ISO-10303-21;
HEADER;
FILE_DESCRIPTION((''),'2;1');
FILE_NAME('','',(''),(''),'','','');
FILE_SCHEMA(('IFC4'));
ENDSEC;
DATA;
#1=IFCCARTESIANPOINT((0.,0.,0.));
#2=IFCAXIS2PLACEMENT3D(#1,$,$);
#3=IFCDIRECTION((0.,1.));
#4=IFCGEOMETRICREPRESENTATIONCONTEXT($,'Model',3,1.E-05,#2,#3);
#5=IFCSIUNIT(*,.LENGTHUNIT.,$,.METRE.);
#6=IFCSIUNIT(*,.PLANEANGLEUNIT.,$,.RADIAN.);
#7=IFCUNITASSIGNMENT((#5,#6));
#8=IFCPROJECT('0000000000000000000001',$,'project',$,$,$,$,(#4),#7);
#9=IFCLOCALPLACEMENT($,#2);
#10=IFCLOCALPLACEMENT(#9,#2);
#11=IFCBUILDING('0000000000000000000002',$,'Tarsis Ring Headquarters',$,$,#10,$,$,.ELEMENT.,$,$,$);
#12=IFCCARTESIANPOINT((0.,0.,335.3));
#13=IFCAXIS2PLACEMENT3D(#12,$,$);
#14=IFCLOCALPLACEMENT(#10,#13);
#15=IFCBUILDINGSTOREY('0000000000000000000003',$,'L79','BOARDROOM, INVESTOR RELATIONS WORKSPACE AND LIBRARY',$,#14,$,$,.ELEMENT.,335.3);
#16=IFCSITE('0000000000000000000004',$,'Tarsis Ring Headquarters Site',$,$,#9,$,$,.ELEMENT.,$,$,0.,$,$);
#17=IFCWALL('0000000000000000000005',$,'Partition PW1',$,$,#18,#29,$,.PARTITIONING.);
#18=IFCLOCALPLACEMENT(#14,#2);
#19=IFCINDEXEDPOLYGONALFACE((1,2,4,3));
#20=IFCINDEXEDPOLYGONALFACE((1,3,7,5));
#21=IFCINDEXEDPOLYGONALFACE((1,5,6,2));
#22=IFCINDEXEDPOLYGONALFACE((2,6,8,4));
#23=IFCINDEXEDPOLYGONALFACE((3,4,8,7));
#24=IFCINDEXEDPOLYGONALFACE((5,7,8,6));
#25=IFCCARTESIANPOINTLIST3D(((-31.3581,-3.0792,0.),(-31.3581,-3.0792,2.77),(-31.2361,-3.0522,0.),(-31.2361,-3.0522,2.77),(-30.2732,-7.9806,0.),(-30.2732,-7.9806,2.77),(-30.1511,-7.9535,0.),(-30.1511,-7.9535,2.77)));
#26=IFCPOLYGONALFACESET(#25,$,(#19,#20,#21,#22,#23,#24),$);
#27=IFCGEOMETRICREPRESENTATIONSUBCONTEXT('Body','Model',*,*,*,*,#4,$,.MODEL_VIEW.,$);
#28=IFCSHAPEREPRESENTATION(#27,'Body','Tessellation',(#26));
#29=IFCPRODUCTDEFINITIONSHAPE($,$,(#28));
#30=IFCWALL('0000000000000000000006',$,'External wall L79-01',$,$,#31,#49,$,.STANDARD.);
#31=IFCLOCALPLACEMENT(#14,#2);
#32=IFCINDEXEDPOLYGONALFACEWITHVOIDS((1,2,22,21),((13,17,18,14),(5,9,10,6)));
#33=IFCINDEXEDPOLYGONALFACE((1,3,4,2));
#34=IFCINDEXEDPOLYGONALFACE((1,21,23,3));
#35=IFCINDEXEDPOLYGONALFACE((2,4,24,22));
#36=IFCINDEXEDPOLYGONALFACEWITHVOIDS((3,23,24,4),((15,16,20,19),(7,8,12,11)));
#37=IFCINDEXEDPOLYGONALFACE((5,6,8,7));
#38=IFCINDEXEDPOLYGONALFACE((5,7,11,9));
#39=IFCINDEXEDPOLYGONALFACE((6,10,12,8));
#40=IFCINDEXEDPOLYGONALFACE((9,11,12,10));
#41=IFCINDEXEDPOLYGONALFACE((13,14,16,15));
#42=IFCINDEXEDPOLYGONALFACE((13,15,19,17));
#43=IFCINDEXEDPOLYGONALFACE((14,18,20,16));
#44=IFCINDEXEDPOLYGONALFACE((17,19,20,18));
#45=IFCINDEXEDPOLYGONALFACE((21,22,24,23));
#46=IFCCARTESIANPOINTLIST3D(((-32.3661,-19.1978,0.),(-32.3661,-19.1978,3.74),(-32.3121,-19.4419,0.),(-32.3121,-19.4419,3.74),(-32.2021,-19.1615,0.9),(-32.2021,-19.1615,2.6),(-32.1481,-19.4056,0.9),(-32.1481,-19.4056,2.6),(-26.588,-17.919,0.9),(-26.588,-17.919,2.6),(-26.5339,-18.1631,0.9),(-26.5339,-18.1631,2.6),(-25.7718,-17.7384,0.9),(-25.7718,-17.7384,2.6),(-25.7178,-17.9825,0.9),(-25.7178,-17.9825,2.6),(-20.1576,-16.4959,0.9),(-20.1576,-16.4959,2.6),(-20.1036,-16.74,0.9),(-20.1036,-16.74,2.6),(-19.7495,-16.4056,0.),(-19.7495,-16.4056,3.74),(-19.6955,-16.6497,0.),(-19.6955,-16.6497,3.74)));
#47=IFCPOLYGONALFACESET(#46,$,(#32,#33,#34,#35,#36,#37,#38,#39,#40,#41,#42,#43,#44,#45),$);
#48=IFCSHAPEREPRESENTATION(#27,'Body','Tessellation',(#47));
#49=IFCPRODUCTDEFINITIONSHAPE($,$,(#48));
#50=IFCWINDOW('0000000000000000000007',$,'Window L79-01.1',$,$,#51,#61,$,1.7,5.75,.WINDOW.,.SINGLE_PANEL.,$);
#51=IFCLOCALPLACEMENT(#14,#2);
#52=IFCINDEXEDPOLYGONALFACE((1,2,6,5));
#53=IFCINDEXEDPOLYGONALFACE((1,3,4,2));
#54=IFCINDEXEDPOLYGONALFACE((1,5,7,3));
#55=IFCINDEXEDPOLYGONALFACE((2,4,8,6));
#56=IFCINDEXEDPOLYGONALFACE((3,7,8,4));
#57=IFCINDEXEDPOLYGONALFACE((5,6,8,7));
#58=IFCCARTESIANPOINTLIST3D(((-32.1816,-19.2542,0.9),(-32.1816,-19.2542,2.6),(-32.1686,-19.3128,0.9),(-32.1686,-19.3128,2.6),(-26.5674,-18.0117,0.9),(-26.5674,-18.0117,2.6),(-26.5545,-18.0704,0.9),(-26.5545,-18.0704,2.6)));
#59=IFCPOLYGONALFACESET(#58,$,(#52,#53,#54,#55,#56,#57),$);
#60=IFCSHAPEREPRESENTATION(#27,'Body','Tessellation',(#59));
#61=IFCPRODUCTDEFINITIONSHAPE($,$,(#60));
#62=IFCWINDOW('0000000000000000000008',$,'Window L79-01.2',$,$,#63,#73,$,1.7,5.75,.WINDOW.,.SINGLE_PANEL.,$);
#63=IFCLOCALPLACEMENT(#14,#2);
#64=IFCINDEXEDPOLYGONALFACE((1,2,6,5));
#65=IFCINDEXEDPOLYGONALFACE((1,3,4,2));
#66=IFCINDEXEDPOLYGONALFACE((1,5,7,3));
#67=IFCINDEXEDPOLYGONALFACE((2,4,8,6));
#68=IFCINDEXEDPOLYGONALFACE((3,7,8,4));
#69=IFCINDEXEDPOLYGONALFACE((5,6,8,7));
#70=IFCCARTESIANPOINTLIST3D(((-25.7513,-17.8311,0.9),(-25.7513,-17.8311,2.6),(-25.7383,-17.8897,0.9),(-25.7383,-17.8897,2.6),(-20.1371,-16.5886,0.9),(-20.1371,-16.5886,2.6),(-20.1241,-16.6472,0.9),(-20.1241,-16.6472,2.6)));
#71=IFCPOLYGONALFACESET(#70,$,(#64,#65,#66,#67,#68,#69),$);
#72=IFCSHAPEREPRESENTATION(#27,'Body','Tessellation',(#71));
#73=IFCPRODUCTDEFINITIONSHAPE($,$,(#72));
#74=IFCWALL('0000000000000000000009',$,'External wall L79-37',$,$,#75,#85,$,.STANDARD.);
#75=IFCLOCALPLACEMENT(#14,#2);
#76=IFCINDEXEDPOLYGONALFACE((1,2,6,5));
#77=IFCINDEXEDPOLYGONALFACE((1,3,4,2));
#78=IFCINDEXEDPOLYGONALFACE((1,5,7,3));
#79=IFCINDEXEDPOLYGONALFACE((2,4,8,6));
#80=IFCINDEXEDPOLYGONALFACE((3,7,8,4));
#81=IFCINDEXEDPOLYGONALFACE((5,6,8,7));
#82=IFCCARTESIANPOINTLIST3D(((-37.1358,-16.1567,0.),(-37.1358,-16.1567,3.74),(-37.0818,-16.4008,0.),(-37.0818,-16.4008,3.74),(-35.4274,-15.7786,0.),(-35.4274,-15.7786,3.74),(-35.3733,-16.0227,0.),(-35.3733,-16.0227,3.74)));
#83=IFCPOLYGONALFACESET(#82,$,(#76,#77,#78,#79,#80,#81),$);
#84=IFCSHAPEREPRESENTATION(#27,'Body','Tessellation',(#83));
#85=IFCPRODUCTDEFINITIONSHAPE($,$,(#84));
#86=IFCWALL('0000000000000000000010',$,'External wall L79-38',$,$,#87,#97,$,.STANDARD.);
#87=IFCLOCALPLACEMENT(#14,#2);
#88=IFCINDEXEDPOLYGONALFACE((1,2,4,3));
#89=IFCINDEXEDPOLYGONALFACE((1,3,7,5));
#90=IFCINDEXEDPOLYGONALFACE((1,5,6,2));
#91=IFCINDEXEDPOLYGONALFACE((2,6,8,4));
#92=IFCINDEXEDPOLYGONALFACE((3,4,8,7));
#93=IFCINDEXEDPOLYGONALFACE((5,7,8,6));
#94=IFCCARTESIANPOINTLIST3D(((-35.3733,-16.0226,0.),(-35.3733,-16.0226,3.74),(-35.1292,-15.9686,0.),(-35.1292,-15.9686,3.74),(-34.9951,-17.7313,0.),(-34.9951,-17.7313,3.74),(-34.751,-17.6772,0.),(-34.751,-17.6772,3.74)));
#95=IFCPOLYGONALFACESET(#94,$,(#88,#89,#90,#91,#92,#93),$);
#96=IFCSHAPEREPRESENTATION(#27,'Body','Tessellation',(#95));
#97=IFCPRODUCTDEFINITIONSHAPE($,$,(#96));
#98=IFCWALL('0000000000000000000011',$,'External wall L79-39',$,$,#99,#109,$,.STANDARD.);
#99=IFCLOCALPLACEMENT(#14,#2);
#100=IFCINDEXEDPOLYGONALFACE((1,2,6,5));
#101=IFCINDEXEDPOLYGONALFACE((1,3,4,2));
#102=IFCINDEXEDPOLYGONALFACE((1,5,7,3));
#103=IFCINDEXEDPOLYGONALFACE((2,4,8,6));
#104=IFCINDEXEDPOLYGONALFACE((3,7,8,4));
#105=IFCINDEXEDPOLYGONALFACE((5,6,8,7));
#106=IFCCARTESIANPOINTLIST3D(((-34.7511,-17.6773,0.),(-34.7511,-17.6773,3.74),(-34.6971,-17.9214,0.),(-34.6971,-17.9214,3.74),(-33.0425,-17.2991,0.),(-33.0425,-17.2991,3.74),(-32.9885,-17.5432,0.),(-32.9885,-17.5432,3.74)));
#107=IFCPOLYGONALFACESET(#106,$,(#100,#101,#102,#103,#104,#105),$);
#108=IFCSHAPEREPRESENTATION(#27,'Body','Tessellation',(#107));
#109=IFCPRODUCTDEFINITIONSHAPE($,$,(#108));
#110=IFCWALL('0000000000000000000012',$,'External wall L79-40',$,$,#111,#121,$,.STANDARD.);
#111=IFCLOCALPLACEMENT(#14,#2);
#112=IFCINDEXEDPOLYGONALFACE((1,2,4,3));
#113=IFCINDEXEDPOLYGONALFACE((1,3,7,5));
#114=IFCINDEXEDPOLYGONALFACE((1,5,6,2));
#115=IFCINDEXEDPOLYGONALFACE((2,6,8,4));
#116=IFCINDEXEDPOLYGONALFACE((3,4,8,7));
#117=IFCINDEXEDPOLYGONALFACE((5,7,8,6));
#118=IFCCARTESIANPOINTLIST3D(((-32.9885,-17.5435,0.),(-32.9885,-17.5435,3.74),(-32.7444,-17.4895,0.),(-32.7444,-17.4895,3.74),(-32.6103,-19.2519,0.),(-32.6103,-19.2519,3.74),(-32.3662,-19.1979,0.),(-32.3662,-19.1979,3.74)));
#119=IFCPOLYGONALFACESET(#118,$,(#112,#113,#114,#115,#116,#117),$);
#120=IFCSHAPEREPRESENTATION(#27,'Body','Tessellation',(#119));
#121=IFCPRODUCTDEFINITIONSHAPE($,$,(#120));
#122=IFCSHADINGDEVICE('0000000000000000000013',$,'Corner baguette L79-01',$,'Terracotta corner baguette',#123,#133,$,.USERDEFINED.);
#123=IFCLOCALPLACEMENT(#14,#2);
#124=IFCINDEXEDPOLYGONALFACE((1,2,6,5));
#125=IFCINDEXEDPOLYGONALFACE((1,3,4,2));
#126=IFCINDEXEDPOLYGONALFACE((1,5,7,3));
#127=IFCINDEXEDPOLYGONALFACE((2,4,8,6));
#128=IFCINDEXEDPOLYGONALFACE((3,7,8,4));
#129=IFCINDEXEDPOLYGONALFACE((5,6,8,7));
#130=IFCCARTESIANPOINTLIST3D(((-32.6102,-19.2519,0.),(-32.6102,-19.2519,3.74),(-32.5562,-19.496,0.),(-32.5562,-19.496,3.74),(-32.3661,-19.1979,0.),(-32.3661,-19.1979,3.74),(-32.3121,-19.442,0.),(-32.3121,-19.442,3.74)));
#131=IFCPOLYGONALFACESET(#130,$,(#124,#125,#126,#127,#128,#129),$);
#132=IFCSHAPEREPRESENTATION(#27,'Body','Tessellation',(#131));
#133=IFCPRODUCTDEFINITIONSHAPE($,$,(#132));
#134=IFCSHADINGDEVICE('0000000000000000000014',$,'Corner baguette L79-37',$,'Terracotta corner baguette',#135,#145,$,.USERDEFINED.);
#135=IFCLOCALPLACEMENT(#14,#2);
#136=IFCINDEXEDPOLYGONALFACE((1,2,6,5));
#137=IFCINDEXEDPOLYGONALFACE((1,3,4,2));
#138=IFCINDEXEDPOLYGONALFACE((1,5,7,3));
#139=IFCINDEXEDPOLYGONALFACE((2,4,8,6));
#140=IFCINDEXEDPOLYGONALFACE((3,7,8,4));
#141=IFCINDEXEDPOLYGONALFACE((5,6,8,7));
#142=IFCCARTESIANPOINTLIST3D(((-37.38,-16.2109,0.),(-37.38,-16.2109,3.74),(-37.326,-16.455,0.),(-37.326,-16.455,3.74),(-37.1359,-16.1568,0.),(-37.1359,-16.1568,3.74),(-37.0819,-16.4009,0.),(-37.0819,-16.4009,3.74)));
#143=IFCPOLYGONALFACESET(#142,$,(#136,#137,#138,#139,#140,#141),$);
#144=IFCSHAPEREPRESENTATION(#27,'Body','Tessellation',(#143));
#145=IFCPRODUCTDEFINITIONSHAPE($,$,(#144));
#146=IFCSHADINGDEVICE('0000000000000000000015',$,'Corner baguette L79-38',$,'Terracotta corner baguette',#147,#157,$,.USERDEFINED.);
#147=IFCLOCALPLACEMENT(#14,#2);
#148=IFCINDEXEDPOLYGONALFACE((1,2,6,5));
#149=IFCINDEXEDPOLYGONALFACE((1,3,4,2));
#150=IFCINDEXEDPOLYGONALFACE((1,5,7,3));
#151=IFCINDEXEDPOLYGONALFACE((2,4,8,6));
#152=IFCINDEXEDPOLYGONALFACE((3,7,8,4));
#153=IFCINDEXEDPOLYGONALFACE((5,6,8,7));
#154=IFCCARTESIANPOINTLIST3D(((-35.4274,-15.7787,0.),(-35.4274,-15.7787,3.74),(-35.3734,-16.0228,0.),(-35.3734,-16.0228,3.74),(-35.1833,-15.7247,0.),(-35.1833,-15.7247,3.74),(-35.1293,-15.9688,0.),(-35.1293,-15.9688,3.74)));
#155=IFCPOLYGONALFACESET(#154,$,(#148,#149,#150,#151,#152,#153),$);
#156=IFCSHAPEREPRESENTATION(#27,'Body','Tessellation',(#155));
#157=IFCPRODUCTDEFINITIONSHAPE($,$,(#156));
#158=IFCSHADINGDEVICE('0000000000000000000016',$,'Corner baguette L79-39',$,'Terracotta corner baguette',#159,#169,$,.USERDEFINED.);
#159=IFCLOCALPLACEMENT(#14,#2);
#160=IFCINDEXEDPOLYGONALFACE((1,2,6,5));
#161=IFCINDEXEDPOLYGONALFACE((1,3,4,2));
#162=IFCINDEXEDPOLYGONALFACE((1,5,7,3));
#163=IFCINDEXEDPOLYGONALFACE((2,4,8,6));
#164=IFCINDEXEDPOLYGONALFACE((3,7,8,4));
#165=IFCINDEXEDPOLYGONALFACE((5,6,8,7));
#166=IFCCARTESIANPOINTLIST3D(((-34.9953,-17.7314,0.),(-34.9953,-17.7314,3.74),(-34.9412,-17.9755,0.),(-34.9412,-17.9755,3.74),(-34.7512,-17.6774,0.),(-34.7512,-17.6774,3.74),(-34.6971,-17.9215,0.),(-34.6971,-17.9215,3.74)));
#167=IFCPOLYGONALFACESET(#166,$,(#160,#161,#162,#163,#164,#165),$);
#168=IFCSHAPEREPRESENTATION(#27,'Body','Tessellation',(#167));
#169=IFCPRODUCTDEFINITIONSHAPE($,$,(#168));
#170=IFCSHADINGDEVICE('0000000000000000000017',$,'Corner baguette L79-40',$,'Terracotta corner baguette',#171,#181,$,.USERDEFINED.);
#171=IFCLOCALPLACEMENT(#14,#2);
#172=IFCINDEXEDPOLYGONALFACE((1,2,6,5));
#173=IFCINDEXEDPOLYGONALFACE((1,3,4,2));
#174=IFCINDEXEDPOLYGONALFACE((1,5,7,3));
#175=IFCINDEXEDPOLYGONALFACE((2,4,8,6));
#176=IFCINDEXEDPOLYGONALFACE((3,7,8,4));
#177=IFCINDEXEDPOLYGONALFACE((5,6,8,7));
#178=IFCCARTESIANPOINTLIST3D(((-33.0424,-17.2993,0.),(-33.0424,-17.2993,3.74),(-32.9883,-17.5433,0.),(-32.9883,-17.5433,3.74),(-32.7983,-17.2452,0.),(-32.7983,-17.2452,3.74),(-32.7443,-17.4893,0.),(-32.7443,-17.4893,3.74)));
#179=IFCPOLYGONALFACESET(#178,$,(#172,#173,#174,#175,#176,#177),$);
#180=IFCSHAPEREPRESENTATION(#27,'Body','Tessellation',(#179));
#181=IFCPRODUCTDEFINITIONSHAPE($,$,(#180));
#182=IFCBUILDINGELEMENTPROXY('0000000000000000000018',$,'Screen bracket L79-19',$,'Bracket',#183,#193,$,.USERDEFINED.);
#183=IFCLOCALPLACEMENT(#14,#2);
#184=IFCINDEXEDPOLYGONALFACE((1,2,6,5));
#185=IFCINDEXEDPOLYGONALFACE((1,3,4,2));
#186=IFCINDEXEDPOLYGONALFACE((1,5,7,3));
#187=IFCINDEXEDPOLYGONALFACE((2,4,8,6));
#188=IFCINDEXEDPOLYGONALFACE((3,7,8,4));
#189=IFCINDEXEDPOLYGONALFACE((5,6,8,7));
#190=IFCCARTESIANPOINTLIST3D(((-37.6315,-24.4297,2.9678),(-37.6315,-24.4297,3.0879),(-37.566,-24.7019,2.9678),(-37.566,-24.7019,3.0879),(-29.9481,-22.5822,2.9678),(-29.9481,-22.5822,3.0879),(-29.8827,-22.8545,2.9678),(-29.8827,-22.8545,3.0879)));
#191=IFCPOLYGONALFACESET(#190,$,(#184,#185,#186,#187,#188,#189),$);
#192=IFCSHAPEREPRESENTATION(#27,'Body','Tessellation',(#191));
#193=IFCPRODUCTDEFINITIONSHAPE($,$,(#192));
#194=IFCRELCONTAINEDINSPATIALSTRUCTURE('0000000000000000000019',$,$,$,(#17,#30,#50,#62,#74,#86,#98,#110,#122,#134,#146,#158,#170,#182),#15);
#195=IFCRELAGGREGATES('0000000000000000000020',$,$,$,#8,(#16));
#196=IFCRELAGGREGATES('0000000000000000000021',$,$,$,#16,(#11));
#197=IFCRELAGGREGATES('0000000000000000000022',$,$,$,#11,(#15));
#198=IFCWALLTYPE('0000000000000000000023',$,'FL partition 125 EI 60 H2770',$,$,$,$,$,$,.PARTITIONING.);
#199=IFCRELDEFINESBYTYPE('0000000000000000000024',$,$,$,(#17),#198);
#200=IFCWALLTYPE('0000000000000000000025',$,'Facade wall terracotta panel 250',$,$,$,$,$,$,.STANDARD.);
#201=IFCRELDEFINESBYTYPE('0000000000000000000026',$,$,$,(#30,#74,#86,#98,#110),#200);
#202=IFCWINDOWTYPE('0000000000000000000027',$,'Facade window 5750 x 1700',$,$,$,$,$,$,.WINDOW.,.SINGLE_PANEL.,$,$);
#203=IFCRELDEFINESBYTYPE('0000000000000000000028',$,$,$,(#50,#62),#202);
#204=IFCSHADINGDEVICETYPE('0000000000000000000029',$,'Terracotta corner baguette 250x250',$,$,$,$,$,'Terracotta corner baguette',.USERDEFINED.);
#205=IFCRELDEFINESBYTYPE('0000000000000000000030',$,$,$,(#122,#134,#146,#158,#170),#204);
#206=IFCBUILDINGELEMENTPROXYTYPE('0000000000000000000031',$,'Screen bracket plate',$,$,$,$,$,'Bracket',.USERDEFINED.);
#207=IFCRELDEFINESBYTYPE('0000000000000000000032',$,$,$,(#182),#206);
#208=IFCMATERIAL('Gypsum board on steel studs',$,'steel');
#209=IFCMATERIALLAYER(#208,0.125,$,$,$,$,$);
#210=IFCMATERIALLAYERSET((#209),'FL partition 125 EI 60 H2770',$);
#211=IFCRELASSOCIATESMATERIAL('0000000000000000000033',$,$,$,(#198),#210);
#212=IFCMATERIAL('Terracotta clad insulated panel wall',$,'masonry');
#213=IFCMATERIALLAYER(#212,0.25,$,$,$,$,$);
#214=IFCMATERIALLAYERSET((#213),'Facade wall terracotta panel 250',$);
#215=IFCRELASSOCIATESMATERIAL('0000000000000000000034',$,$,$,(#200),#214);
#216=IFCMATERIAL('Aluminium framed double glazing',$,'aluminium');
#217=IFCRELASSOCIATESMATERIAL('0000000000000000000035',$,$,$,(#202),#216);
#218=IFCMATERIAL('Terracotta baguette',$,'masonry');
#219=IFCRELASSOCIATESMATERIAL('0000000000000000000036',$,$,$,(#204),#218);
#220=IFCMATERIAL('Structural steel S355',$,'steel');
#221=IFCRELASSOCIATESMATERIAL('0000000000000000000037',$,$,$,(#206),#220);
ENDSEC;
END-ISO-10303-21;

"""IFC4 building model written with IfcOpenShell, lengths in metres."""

from ifc_helpers import new_model, si_unit, direction, frame, frame_2d, origin, origin_2d, place, context, subcontext, project, spatial, rectangle, extrude, material, layer, layer_set, type_object, element, fill, save


model = new_model("IFC4")

# Units and contexts
model_context = context("Model", 3, precision=1e-05, world=origin(), true_north=direction((0.0, 1.0)))
body_context = subcontext(model_context, "Body", "Model", "MODEL_VIEW")
ifc_project = project(units=[si_unit("LENGTHUNIT", "METRE"), si_unit("PLANEANGLEUNIT", "RADIAN")], contexts=[model_context])

# Site, building, storey
site_placement = place(None, origin())
site = spatial("IfcSite", under=ifc_project, at=site_placement, Name="Tarsis Ring Headquarters Site", CompositionType="ELEMENT", RefElevation=0.0)
building_placement = place(site_placement, origin())
building = spatial("IfcBuilding", under=site, at=building_placement, Name="Tarsis Ring Headquarters", CompositionType="ELEMENT")
storey_placement = place(building_placement, frame((0.0, 0.0, 335.3)))
storey = spatial("IfcBuildingStorey", under=building, at=storey_placement, Name="L79", Description="BOARDROOM, INVESTOR RELATIONS WORKSPACE AND LIBRARY", CompositionType="ELEMENT", Elevation=335.3)

# Shared definitions
ifc_material_1 = material(Name="Structural steel S355", Category="steel")

# Shared definitions
ifc_material_2 = material(Name="Gypsum board on steel studs", Category="steel")

# Shared definitions
ifc_layer_1 = layer(ifc_material_2, 0.125)
ifc_layer_set_1 = layer_set([ifc_layer_1], Name="FL partition 125 EI 60 H2770")
wall_type_1 = type_object("IfcWallType", Name="FL partition 125 EI 60 H2770", PredefinedType="PARTITIONING", material=ifc_layer_set_1)

# Wall
wall_1_placement = place(storey_placement, frame((-31.2971, -3.0657, 0.0), z_axis=(0.0, 0.0, 1.0), x_axis=(0.216127, -0.976365, 0.0)))
element("IfcWall", 1, at=wall_1_placement, inside=storey, type_object=wall_type_1, Name="Partition PW1", PredefinedType="PARTITIONING", context=body_context, shape_type="SweptSolid", body=[
    extrude(rectangle(XDim=5.02, YDim=0.125, at=frame_2d((2.51, 0.0))), origin(), (0.0, 0.0, 1.0), 2.77),
])

# Wall, openings, windows
ifc_material_3 = material(Name="Terracotta clad insulated panel wall", Category="masonry")
ifc_layer_2 = layer(ifc_material_3, 0.25)
ifc_layer_set_2 = layer_set([ifc_layer_2], Name="Facade wall terracotta panel 250")
wall_type_2 = type_object("IfcWallType", Name="Facade wall terracotta panel 250", PredefinedType="STANDARD", material=ifc_layer_set_2)
wall_2_placement = place(storey_placement, frame((-32.3391, -19.3198, 0.0), z_axis=(0.0, 0.0, 1.0), x_axis=(0.976375, 0.216084, 0.0)))
wall_2 = element("IfcWall", 2, at=wall_2_placement, inside=storey, type_object=wall_type_2, Name="External wall L79-01", PredefinedType="STANDARD", context=body_context, shape_type="SweptSolid", body=[
    extrude(rectangle(XDim=12.9219, YDim=0.25, at=frame_2d((6.4609, 0.0))), origin(), (0.0, 0.0, 1.0), 3.74),
])
opening_1_placement = place(wall_2_placement, frame((0.168, 0.0, 0.8999)))
opening_1 = element("IfcOpeningElement", 3, at=opening_1_placement, cuts=wall_2, PredefinedType="OPENING", context=body_context, shape_type="SweptSolid", body=[
    extrude(rectangle(XDim=5.75, YDim=1.7, at=frame_2d((2.875, 0.8501))), frame((0.0, 0.135, 0.0), z_axis=(0.0, -1.0, 0.0), x_axis=(1.0, 0.0, 0.0)), (0.0, 0.0, 1.0), 0.27),
])
opening_2_placement = place(wall_2_placement, frame((6.7539, 0.0, 0.8999)))
opening_2 = element("IfcOpeningElement", 4, at=opening_2_placement, cuts=wall_2, PredefinedType="OPENING", context=body_context, shape_type="SweptSolid", body=[
    extrude(rectangle(XDim=5.75, YDim=1.7, at=frame_2d((2.875, 0.8501))), frame((0.0, 0.135, 0.0), z_axis=(0.0, -1.0, 0.0), x_axis=(1.0, 0.0, 0.0)), (0.0, 0.0, 1.0), 0.27),
])
ifc_material_4 = material(Name="Aluminium framed double glazing", Category="aluminium")
window_type = type_object("IfcWindowType", Name="Facade window 5750 x 1700", PartitioningType="SINGLE_PANEL", PredefinedType="WINDOW", material=ifc_material_4)
window_1_placement = place(opening_1_placement, origin())
window_1 = element("IfcWindow", 5, at=window_1_placement, inside=storey, type_object=window_type, Name="Window L79-01.1", OverallHeight=1.7, OverallWidth=5.75, PartitioningType="SINGLE_PANEL", PredefinedType="WINDOW", context=body_context, shape_type="SweptSolid", body=[
    extrude(rectangle(XDim=5.75, YDim=1.7, at=frame_2d((2.875, 0.8501))), frame((0.0, 0.03, 0.0), z_axis=(0.0, -1.0, 0.0), x_axis=(1.0, 0.0, 0.0)), (0.0, 0.0, 1.0), 0.0601),
])
fill(opening_1, window_1)
window_2_placement = place(opening_2_placement, origin())
window_2 = element("IfcWindow", 6, at=window_2_placement, inside=storey, type_object=window_type, Name="Window L79-01.2", OverallHeight=1.7, OverallWidth=5.75, PartitioningType="SINGLE_PANEL", PredefinedType="WINDOW", context=body_context, shape_type="SweptSolid", body=[
    extrude(rectangle(XDim=5.75, YDim=1.7, at=frame_2d((2.875, 0.8501))), frame((0.0, 0.03, 0.0), z_axis=(0.0, -1.0, 0.0), x_axis=(1.0, 0.0, 0.0)), (0.0, 0.0, 1.0), 0.0601),
])
fill(opening_2, window_2)

# Walls
wall_3_placement = place(storey_placement, frame((-37.1089, -16.2788, 0.0), z_axis=(0.0, 0.0, 1.0), x_axis=(0.976367, 0.216118, 0.0)))
element("IfcWall", 7, at=wall_3_placement, inside=storey, type_object=wall_type_2, Name="External wall L79-37", PredefinedType="STANDARD", context=body_context, shape_type="SweptSolid", body=[
    extrude(rectangle(XDim=1.7498, YDim=0.25, at=frame_2d((0.875, 0.0))), origin(), (0.0, 0.0, 1.0), 3.74),
])
for number, where, z_axis, x_axis, name in (
    (8, (-35.2512, -15.9956, 0.0), (0.0, 0.0, 1.0), (0.216088, -0.976374, 0.0), "External wall L79-38"),
    (9, (-34.7241, -17.7993, 0.0), (0.0, 0.0, 1.0), (0.976374, 0.216088, 0.0), "External wall L79-39"),
):
    element("IfcWall", number, at=place(storey_placement, frame(where, z_axis=z_axis, x_axis=x_axis)), inside=storey, type_object=wall_type_2, Name=name, PredefinedType="STANDARD", context=body_context, shape_type="SweptSolid", body=[
        extrude(rectangle(XDim=1.75, YDim=0.25, at=frame_2d((0.875, 0.0))), origin(), (0.0, 0.0, 1.0), 3.74),
    ])
wall_4_placement = place(storey_placement, frame((-32.8665, -17.5164, 0.0), z_axis=(0.0, 0.0, 1.0), x_axis=(0.216118, -0.976367, 0.0)))
element("IfcWall", 10, at=wall_4_placement, inside=storey, type_object=wall_type_2, Name="External wall L79-40", PredefinedType="STANDARD", context=body_context, shape_type="SweptSolid", body=[
    extrude(rectangle(XDim=1.7498, YDim=0.25, at=frame_2d((0.875, 0.0))), origin(), (0.0, 0.0, 1.0), 3.74),
])

# Shading devices
ifc_material_5 = material(Name="Terracotta baguette", Category="masonry")
shading_device_type_1 = type_object("IfcShadingDeviceType", Name="Terracotta corner baguette 250x250", ElementType="Terracotta corner baguette", PredefinedType="USERDEFINED", material=ifc_material_5)
for number, where, z_axis, x_axis, name in (
    (11, (-32.4612, -19.3469, 0.0), (0.0, 0.0, 1.0), (0.216099, -0.976371, 0.0), "Corner baguette L79-01"),
    (12, (-37.231, -16.3059, 0.0), (0.0, 0.0, 1.0), (0.216099, -0.976371, 0.0), "Corner baguette L79-37"),
    (13, (-35.2783, -15.8738, 0.0), (0.0, 0.0, 1.0), (0.976372, 0.216099, 0.0), "Corner baguette L79-38"),
    (14, (-34.8462, -17.8264, 0.0), (0.0, 0.0, 1.0), (0.216099, -0.976371, 0.0), "Corner baguette L79-39"),
    (15, (-32.8933, -17.3943, 0.0), (0.0, 0.0, 1.0), (0.976372, 0.216099, 0.0), "Corner baguette L79-40"),
):
    element("IfcShadingDevice", number, at=place(storey_placement, frame(where, z_axis=z_axis, x_axis=x_axis)), inside=storey, type_object=shading_device_type_1, Name=name, ObjectType="Terracotta corner baguette", PredefinedType="USERDEFINED", context=body_context, shape_type="SweptSolid", body=[
        extrude(rectangle(XDim=0.25, YDim=0.25, at=origin_2d()), origin(), (0.0, 0.0, 1.0), 3.74),
    ])

# Building element proxy
building_element_proxy_type = type_object("IfcBuildingElementProxyType", Name="Screen bracket plate", ElementType="Bracket", PredefinedType="USERDEFINED", material=ifc_material_1)
proxy_placement = place(storey_placement, frame((-33.7571, -23.6421, 2.9678), z_axis=(0.0, 0.0, 1.0), x_axis=(0.972288, 0.233785, 0.0)))
element("IfcBuildingElementProxy", 16, at=proxy_placement, inside=storey, type_object=building_element_proxy_type, Name="Screen bracket L79-19", ObjectType="Bracket", PredefinedType="USERDEFINED", context=body_context, shape_type="SweptSolid", body=[
    extrude(rectangle(XDim=7.9023, YDim=0.28, at=origin_2d()), origin(), (0.0, 0.0, 1.0), 0.1201),
])

save(model, "model.ifc")
